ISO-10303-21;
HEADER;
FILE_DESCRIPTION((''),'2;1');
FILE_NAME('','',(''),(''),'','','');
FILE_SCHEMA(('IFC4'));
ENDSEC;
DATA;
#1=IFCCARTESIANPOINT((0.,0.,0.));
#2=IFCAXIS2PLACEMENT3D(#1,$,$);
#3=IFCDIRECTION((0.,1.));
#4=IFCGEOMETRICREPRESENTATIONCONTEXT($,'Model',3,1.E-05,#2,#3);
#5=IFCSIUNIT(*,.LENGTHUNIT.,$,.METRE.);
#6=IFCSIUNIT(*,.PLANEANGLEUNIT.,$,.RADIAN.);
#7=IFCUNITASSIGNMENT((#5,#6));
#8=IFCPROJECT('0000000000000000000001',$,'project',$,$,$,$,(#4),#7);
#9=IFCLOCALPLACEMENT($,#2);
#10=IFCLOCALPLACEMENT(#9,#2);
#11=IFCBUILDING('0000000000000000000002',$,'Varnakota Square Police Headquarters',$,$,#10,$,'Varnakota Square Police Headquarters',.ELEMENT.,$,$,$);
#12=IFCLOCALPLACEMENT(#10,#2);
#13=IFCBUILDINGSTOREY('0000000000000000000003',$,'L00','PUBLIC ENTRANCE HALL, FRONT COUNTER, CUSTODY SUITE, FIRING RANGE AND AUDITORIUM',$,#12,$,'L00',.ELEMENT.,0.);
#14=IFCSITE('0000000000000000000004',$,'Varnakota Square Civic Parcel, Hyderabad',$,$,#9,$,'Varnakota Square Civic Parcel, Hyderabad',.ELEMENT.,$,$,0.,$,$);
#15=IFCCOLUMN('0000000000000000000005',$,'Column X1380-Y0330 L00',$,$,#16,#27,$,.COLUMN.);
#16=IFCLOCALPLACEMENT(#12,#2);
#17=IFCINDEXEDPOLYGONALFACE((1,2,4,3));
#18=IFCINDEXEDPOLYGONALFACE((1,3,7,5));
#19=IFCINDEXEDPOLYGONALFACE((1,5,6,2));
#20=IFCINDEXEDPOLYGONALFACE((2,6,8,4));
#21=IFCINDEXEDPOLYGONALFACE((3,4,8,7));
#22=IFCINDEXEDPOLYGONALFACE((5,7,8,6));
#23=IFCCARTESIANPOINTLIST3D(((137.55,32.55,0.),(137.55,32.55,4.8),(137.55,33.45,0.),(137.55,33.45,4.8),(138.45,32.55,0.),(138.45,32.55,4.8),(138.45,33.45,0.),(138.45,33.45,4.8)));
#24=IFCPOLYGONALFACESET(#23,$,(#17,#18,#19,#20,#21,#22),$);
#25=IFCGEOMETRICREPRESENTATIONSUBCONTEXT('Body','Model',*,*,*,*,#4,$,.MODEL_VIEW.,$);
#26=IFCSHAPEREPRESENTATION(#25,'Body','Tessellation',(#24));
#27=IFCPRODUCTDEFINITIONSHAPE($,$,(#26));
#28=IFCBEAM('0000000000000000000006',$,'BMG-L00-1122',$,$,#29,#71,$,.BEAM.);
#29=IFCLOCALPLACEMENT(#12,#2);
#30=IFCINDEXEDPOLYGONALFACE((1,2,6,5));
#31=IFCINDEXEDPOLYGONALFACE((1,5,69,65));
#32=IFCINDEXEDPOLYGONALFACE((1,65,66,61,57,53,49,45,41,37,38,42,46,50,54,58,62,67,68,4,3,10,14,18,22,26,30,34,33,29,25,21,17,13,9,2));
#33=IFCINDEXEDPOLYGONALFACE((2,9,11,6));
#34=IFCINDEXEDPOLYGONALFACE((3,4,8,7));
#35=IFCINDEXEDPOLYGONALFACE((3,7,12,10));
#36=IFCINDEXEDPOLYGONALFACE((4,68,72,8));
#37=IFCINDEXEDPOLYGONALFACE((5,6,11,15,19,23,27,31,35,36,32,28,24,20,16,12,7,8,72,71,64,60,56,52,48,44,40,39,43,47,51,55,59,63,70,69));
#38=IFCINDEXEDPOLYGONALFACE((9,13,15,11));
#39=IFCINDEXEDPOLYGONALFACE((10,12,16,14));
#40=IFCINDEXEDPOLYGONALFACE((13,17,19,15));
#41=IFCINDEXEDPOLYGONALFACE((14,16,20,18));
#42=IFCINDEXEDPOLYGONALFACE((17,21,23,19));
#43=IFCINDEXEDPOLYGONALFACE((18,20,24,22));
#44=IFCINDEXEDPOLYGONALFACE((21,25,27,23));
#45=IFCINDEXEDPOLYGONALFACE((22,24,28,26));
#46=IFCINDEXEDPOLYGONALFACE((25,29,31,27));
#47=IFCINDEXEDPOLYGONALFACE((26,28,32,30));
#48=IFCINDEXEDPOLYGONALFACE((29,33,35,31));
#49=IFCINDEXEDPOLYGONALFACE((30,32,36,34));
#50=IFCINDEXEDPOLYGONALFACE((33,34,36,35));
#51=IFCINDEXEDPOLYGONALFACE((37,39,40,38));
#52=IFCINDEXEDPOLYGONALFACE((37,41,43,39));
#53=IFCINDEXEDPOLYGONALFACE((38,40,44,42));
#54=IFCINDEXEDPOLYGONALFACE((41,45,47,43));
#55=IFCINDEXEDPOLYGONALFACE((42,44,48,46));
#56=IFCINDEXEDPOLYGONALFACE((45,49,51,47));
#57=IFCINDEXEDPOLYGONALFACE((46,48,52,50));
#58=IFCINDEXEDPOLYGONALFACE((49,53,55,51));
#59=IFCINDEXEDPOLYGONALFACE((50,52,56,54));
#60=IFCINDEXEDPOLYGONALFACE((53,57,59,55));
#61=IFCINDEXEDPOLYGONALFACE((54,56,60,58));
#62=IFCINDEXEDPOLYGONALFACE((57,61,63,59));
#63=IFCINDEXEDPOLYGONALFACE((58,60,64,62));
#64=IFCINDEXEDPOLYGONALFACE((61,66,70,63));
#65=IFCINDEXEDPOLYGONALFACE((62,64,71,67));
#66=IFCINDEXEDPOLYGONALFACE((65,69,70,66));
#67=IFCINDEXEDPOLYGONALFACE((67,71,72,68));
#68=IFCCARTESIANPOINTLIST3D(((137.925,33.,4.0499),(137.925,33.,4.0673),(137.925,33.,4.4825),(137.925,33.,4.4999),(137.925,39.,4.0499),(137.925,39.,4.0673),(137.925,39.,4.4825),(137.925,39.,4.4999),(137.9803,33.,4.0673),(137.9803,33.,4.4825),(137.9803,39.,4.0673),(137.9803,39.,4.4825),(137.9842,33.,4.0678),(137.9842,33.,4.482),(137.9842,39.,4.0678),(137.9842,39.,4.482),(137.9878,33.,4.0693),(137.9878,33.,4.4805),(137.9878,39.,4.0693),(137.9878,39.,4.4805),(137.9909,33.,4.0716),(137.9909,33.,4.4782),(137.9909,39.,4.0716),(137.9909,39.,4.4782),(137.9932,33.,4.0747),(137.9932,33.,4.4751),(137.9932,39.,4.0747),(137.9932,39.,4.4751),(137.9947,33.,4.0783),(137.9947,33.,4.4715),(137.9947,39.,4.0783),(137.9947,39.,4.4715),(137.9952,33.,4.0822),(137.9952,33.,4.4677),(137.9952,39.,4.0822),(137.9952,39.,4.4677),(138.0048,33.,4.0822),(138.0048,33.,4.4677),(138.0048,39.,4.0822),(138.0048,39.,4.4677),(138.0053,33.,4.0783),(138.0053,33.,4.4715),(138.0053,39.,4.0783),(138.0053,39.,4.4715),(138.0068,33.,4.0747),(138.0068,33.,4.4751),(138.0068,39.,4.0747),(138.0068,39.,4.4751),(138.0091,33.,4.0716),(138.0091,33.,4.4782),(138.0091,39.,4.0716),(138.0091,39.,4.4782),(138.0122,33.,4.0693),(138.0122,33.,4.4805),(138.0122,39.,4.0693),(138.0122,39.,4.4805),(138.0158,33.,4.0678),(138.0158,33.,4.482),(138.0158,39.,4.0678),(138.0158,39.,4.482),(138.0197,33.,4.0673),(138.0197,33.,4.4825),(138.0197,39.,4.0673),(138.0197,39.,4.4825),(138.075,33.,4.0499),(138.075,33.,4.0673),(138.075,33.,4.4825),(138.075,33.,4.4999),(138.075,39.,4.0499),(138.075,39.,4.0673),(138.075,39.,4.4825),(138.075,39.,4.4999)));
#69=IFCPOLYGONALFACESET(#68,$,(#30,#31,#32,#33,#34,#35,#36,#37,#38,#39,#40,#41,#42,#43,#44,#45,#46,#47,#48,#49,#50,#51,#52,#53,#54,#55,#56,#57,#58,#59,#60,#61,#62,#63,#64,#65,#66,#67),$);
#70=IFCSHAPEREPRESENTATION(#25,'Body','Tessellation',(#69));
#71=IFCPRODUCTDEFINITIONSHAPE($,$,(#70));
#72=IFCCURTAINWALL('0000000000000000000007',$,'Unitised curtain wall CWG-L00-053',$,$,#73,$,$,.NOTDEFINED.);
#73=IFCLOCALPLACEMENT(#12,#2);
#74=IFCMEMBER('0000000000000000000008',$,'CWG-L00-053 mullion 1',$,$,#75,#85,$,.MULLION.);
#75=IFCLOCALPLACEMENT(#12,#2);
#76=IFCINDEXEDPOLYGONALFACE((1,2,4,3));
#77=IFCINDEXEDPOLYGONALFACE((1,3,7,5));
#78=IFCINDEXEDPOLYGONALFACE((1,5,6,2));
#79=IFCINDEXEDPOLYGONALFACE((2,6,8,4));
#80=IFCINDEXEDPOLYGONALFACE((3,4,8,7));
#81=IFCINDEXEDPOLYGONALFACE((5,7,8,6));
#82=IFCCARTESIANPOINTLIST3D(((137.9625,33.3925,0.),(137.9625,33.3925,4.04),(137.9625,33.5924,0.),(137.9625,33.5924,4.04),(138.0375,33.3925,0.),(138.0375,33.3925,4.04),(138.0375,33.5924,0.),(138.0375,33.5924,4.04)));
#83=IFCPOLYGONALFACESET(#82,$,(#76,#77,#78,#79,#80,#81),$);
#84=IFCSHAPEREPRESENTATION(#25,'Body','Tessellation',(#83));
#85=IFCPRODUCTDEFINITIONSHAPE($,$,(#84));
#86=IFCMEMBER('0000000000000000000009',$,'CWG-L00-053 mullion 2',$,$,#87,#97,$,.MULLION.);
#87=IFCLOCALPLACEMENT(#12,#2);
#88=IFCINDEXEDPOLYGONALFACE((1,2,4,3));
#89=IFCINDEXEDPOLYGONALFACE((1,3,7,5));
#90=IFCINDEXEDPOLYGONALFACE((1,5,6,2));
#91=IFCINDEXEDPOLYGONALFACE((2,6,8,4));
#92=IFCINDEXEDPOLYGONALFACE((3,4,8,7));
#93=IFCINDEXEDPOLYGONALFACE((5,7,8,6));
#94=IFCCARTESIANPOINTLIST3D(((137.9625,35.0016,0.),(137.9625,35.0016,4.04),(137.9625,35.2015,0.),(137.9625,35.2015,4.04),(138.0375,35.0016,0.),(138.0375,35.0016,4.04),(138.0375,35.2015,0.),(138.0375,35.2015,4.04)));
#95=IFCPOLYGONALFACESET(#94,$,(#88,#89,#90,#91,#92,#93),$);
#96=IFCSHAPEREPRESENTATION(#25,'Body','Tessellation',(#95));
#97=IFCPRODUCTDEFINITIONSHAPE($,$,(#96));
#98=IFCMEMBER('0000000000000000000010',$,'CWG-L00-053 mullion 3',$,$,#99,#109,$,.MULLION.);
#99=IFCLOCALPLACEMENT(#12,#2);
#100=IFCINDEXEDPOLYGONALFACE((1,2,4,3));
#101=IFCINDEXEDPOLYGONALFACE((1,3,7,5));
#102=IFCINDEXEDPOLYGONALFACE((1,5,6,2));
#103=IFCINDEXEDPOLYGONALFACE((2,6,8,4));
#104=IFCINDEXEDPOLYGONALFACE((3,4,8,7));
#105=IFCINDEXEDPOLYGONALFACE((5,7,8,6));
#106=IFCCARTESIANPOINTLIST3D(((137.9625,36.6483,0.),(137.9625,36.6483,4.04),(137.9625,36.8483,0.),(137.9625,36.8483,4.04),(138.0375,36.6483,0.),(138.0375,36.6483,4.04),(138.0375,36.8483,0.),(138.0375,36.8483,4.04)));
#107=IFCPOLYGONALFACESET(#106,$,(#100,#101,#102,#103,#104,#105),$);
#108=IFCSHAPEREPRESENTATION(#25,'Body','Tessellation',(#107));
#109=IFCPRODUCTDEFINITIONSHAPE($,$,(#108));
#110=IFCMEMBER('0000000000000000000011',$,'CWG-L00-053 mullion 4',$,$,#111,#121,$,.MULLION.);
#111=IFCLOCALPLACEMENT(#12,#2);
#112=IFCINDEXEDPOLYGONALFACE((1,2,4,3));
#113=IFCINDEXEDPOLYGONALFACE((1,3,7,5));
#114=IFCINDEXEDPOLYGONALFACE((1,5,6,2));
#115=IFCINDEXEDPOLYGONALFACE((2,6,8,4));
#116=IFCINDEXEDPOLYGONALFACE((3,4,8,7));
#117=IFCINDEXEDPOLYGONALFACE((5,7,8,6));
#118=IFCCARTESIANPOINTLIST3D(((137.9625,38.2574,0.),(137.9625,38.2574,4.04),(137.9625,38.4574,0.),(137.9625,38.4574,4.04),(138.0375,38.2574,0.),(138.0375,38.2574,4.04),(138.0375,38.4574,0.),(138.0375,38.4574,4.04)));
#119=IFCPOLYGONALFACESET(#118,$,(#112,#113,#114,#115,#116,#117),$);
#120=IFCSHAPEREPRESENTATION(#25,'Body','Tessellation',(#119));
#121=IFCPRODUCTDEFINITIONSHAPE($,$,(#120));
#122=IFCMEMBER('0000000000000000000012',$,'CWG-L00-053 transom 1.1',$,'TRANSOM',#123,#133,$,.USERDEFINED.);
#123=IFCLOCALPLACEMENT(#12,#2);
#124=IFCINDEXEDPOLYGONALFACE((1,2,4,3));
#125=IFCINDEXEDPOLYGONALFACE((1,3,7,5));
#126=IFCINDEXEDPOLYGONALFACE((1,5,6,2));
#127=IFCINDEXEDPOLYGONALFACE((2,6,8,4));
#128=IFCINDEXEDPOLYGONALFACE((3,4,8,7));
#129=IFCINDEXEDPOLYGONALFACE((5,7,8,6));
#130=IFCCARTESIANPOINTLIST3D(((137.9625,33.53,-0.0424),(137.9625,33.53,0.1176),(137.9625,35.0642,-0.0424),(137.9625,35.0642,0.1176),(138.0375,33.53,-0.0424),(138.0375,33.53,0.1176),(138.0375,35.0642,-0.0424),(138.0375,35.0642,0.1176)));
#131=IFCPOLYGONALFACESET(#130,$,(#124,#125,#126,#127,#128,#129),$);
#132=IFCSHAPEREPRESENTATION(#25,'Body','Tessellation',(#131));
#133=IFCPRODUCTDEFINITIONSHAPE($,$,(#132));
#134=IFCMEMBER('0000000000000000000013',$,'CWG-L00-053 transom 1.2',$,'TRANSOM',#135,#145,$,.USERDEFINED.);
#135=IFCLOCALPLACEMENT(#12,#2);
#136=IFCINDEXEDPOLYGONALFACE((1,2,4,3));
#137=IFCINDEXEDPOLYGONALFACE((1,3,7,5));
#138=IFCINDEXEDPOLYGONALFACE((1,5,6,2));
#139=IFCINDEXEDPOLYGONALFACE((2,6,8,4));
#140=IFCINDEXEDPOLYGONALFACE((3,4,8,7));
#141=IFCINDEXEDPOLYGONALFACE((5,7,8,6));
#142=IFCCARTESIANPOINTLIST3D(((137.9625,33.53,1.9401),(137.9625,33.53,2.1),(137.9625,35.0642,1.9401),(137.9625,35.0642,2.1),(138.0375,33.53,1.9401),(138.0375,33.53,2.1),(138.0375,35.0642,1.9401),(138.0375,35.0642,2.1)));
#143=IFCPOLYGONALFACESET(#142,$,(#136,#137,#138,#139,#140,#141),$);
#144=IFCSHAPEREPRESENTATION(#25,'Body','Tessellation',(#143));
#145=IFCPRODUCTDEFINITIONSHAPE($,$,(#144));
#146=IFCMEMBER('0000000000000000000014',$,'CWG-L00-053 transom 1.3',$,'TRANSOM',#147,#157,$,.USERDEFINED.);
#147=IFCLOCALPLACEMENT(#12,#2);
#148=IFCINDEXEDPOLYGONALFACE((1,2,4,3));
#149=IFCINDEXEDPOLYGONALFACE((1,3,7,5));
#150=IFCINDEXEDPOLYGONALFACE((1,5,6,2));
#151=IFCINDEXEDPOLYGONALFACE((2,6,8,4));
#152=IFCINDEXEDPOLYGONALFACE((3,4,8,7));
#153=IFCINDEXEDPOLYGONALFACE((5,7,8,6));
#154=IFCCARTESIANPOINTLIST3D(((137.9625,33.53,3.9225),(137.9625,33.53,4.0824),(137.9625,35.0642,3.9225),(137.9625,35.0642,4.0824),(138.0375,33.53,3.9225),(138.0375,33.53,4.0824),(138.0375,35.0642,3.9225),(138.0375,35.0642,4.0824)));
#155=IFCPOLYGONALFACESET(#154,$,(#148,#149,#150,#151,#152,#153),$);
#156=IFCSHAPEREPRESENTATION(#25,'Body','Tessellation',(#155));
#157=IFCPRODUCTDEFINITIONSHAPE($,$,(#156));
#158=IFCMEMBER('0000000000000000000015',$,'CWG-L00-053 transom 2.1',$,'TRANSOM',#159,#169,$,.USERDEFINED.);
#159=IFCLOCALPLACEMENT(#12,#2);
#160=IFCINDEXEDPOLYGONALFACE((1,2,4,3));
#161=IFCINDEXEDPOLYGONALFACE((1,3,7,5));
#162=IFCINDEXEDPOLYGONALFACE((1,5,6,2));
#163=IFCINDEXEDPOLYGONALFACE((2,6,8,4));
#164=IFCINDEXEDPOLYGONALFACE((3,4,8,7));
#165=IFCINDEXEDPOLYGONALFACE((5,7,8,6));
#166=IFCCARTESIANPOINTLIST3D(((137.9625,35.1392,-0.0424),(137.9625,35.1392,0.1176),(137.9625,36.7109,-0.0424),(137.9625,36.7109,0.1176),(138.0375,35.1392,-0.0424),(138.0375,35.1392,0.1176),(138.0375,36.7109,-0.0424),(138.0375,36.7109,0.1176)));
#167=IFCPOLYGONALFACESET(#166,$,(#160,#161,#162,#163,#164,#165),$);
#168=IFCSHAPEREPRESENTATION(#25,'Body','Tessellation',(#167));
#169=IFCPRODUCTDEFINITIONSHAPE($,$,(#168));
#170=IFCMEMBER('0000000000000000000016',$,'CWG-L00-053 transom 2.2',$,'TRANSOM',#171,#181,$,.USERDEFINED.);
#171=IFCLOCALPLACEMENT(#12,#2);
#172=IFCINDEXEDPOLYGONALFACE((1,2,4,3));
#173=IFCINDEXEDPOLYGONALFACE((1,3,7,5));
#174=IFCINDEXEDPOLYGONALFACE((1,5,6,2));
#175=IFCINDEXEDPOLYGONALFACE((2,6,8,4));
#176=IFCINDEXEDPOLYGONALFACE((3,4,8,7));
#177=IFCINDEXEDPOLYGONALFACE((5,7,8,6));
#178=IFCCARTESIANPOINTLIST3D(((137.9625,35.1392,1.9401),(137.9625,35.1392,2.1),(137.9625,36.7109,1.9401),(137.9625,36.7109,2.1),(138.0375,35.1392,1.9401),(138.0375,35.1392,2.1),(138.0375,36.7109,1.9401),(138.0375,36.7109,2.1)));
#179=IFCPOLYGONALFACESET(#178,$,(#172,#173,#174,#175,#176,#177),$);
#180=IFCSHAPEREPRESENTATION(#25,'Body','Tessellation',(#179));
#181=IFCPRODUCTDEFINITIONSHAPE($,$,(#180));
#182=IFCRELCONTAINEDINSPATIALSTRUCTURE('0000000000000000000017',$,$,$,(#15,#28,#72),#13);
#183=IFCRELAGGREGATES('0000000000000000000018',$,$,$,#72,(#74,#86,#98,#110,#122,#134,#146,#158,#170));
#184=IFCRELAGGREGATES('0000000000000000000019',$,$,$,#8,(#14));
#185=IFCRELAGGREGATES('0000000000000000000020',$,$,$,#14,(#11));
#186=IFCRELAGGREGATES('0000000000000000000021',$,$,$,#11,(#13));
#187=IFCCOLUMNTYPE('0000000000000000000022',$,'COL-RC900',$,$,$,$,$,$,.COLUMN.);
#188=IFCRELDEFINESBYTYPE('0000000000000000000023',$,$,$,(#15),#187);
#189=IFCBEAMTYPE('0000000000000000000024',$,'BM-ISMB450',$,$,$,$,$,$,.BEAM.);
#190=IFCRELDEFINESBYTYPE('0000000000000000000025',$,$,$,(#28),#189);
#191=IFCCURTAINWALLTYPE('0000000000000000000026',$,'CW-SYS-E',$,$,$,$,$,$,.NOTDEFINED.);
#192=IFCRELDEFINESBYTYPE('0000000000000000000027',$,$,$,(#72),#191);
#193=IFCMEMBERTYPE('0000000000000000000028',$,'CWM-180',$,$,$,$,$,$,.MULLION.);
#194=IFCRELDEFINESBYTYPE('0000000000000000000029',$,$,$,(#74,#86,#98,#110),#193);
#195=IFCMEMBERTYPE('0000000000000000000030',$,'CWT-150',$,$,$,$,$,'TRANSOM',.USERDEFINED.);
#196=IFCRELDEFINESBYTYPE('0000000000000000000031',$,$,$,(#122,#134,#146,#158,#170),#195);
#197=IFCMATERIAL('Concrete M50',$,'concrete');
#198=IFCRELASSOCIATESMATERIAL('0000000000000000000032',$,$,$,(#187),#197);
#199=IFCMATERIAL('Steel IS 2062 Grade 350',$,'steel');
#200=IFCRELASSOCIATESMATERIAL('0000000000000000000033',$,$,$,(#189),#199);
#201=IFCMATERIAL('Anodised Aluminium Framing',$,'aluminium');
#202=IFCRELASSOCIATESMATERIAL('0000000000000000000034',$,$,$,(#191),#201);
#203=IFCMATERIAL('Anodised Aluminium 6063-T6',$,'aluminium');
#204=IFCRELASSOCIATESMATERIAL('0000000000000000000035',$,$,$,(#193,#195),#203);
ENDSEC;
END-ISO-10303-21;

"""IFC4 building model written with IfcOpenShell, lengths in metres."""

from ifc_helpers import new_model, si_unit, direction, frame, origin, origin_2d, place, context, subcontext, project, spatial, rectangle, i_section, extrude, material, material_profile, profile_set, type_object, element, aggregate, save


model = new_model("IFC4")

# Units and contexts
model_context = context("Model", 3, precision=1e-05, world=origin(), true_north=direction((0.0, 1.0)))
body_context = subcontext(model_context, "Body", "Model", "MODEL_VIEW")
ifc_project = project(units=[si_unit("LENGTHUNIT", "METRE"), si_unit("PLANEANGLEUNIT", "RADIAN")], contexts=[model_context])

# Site, building, storey
site_placement = place(None, origin())
site = spatial("IfcSite", under=ifc_project, at=site_placement, Name="Varnakota Square Civic Parcel, Hyderabad", LongName="Varnakota Square Civic Parcel, Hyderabad", CompositionType="ELEMENT", RefElevation=0.0)
building_placement = place(site_placement, origin())
building = spatial("IfcBuilding", under=site, at=building_placement, Name="Varnakota Square Police Headquarters", LongName="Varnakota Square Police Headquarters", CompositionType="ELEMENT")
storey_placement = place(building_placement, origin())
storey = spatial("IfcBuildingStorey", under=building, at=storey_placement, Name="L00", Description="PUBLIC ENTRANCE HALL, FRONT COUNTER, CUSTODY SUITE, FIRING RANGE AND AUDITORIUM", LongName="L00", CompositionType="ELEMENT", Elevation=0.0)

# Column
ifc_material_1 = material(Name="Concrete M50", Category="concrete")
ifc_material_profile_1 = material_profile(ifc_material_1, rectangle(XDim=0.8999, YDim=0.8999, at=origin_2d()), Name="RC 900x900")
ifc_profile_set_1 = profile_set([ifc_material_profile_1], Name="Concrete M50")
column_type = type_object("IfcColumnType", Name="COL-RC900", PredefinedType="COLUMN", material=ifc_profile_set_1)
column_placement = place(storey_placement, frame((138.0, 33.0, 0.0), z_axis=(0.0, 0.0, 1.0), x_axis=(1.0, 0.0, 0.0)))
element("IfcColumn", 1, at=column_placement, inside=storey, type_object=column_type, Name="Column X1380-Y0330 L00", PredefinedType="COLUMN", context=body_context, shape_type="SweptSolid", body=[
    extrude(rectangle(XDim=0.8999, YDim=0.8999, at=origin_2d()), origin(), (0.0, 0.0, 1.0), 4.8),
])

# Beam
ifc_material_2 = material(Name="Steel IS 2062 Grade 350", Category="steel")
ifc_material_profile_2 = material_profile(ifc_material_2, i_section(OverallWidth=0.1499, OverallDepth=0.45, WebThickness=0.0095, FlangeThickness=0.0173, FilletRadius=0.0149, at=origin_2d()), Name="ISMB 450")
ifc_profile_set_2 = profile_set([ifc_material_profile_2], Name="Steel IS 2062 Grade 350")
beam_type = type_object("IfcBeamType", Name="BM-ISMB450", PredefinedType="BEAM", material=ifc_profile_set_2)
beam_placement = place(storey_placement, frame((138.0, 33.0, 4.2749), z_axis=(0.0, 1.0, 0.0), x_axis=(-1.0, 0.0, 0.0)))
element("IfcBeam", 2, at=beam_placement, inside=storey, type_object=beam_type, Name="BMG-L00-1122", PredefinedType="BEAM", context=body_context, shape_type="SweptSolid", body=[
    extrude(i_section(OverallWidth=0.1499, OverallDepth=0.45, WebThickness=0.0095, FlangeThickness=0.0173, FilletRadius=0.0149, at=origin_2d()), origin(), (0.0, 0.0, 1.0), 6.0),
])

# Curtain wall, members
ifc_material_3 = material(Name="Anodised Aluminium Framing", Category="aluminium")
curtain_wall_type = type_object("IfcCurtainWallType", Name="CW-SYS-E", PredefinedType="NOTDEFINED", material=ifc_material_3)
curtain_wall_placement = place(storey_placement, origin())
curtain_wall = element("IfcCurtainWall", 3, at=curtain_wall_placement, inside=storey, type_object=curtain_wall_type, Name="Unitised curtain wall CWG-L00-053", PredefinedType="NOTDEFINED")
ifc_material_4 = material(Name="Anodised Aluminium 6063-T6", Category="aluminium")
ifc_material_profile_3 = material_profile(ifc_material_4, rectangle(XDim=0.075, YDim=0.2, at=origin_2d()), Name="ALU MULLION 75x200")
ifc_profile_set_3 = profile_set([ifc_material_profile_3], Name="Anodised Aluminium 6063-T6")
member_type_1 = type_object("IfcMemberType", Name="CWM-180", PredefinedType="MULLION", material=ifc_profile_set_3)
member_1_placement = place(storey_placement, frame((138.0, 33.4924, 0.0), z_axis=(0.0, 0.0, 1.0), x_axis=(-1.0, 0.0, 0.0)))
member_1 = element("IfcMember", 4, at=member_1_placement, type_object=member_type_1, Name="CWG-L00-053 mullion 1", PredefinedType="MULLION", context=body_context, shape_type="SweptSolid", body=[
    extrude(rectangle(XDim=0.075, YDim=0.2, at=origin_2d()), origin(), (0.0, 0.0, 1.0), 4.04),
])
member_2_placement = place(storey_placement, frame((138.0, 35.1016, 0.0), z_axis=(0.0, 0.0, 1.0), x_axis=(-1.0, 0.0, 0.0)))
member_2 = element("IfcMember", 5, at=member_2_placement, type_object=member_type_1, Name="CWG-L00-053 mullion 2", PredefinedType="MULLION", context=body_context, shape_type="SweptSolid", body=[
    extrude(rectangle(XDim=0.075, YDim=0.2, at=origin_2d()), origin(), (0.0, 0.0, 1.0), 4.04),
])
member_3_placement = place(storey_placement, frame((138.0, 36.7483, 0.0), z_axis=(0.0, 0.0, 1.0), x_axis=(-1.0, 0.0, 0.0)))
member_3 = element("IfcMember", 6, at=member_3_placement, type_object=member_type_1, Name="CWG-L00-053 mullion 3", PredefinedType="MULLION", context=body_context, shape_type="SweptSolid", body=[
    extrude(rectangle(XDim=0.075, YDim=0.2, at=origin_2d()), origin(), (0.0, 0.0, 1.0), 4.04),
])
member_4_placement = place(storey_placement, frame((138.0, 38.3574, 0.0), z_axis=(0.0, 0.0, 1.0), x_axis=(-1.0, 0.0, 0.0)))
member_4 = element("IfcMember", 7, at=member_4_placement, type_object=member_type_1, Name="CWG-L00-053 mullion 4", PredefinedType="MULLION", context=body_context, shape_type="SweptSolid", body=[
    extrude(rectangle(XDim=0.075, YDim=0.2, at=origin_2d()), origin(), (0.0, 0.0, 1.0), 4.04),
])
ifc_material_profile_4 = material_profile(ifc_material_4, rectangle(XDim=0.075, YDim=0.1599, at=origin_2d()), Name="ALU TRANSOM 75x160")
ifc_profile_set_4 = profile_set([ifc_material_profile_4], Name="Anodised Aluminium 6063-T6")
member_type_2 = type_object("IfcMemberType", Name="CWT-150", ElementType="TRANSOM", PredefinedType="USERDEFINED", material=ifc_profile_set_4)
member_5_placement = place(storey_placement, frame((138.0, 33.53, 0.0376), z_axis=(0.0, 1.0, 0.0), x_axis=(-1.0, 0.0, 0.0)))
member_5 = element("IfcMember", 8, at=member_5_placement, type_object=member_type_2, Name="CWG-L00-053 transom 1.1", ObjectType="TRANSOM", PredefinedType="USERDEFINED", context=body_context, shape_type="SweptSolid", body=[
    extrude(rectangle(XDim=0.075, YDim=0.1599, at=origin_2d()), origin(), (0.0, 0.0, 1.0), 1.5342),
])
member_6_placement = place(storey_placement, frame((138.0, 33.53, 2.02), z_axis=(0.0, 1.0, 0.0), x_axis=(-1.0, 0.0, 0.0)))
member_6 = element("IfcMember", 9, at=member_6_placement, type_object=member_type_2, Name="CWG-L00-053 transom 1.2", ObjectType="TRANSOM", PredefinedType="USERDEFINED", context=body_context, shape_type="SweptSolid", body=[
    extrude(rectangle(XDim=0.075, YDim=0.1599, at=origin_2d()), origin(), (0.0, 0.0, 1.0), 1.5342),
])
member_7_placement = place(storey_placement, frame((138.0, 33.53, 4.0024), z_axis=(0.0, 1.0, 0.0), x_axis=(-1.0, 0.0, 0.0)))
member_7 = element("IfcMember", 10, at=member_7_placement, type_object=member_type_2, Name="CWG-L00-053 transom 1.3", ObjectType="TRANSOM", PredefinedType="USERDEFINED", context=body_context, shape_type="SweptSolid", body=[
    extrude(rectangle(XDim=0.075, YDim=0.1599, at=origin_2d()), origin(), (0.0, 0.0, 1.0), 1.5342),
])
member_8_placement = place(storey_placement, frame((138.0, 35.1392, 0.0376), z_axis=(0.0, 1.0, 0.0), x_axis=(-1.0, 0.0, 0.0)))
member_8 = element("IfcMember", 11, at=member_8_placement, type_object=member_type_2, Name="CWG-L00-053 transom 2.1", ObjectType="TRANSOM", PredefinedType="USERDEFINED", context=body_context, shape_type="SweptSolid", body=[
    extrude(rectangle(XDim=0.075, YDim=0.1599, at=origin_2d()), origin(), (0.0, 0.0, 1.0), 1.5718),
])
member_9_placement = place(storey_placement, frame((138.0, 35.1392, 2.02), z_axis=(0.0, 1.0, 0.0), x_axis=(-1.0, 0.0, 0.0)))
member_9 = element("IfcMember", 12, at=member_9_placement, type_object=member_type_2, Name="CWG-L00-053 transom 2.2", ObjectType="TRANSOM", PredefinedType="USERDEFINED", context=body_context, shape_type="SweptSolid", body=[
    extrude(rectangle(XDim=0.075, YDim=0.1599, at=origin_2d()), origin(), (0.0, 0.0, 1.0), 1.5718),
])
aggregate(curtain_wall, [member_1, member_2, member_3, member_4, member_5, member_6, member_7, member_8, member_9])

save(model, "model.ifc")
